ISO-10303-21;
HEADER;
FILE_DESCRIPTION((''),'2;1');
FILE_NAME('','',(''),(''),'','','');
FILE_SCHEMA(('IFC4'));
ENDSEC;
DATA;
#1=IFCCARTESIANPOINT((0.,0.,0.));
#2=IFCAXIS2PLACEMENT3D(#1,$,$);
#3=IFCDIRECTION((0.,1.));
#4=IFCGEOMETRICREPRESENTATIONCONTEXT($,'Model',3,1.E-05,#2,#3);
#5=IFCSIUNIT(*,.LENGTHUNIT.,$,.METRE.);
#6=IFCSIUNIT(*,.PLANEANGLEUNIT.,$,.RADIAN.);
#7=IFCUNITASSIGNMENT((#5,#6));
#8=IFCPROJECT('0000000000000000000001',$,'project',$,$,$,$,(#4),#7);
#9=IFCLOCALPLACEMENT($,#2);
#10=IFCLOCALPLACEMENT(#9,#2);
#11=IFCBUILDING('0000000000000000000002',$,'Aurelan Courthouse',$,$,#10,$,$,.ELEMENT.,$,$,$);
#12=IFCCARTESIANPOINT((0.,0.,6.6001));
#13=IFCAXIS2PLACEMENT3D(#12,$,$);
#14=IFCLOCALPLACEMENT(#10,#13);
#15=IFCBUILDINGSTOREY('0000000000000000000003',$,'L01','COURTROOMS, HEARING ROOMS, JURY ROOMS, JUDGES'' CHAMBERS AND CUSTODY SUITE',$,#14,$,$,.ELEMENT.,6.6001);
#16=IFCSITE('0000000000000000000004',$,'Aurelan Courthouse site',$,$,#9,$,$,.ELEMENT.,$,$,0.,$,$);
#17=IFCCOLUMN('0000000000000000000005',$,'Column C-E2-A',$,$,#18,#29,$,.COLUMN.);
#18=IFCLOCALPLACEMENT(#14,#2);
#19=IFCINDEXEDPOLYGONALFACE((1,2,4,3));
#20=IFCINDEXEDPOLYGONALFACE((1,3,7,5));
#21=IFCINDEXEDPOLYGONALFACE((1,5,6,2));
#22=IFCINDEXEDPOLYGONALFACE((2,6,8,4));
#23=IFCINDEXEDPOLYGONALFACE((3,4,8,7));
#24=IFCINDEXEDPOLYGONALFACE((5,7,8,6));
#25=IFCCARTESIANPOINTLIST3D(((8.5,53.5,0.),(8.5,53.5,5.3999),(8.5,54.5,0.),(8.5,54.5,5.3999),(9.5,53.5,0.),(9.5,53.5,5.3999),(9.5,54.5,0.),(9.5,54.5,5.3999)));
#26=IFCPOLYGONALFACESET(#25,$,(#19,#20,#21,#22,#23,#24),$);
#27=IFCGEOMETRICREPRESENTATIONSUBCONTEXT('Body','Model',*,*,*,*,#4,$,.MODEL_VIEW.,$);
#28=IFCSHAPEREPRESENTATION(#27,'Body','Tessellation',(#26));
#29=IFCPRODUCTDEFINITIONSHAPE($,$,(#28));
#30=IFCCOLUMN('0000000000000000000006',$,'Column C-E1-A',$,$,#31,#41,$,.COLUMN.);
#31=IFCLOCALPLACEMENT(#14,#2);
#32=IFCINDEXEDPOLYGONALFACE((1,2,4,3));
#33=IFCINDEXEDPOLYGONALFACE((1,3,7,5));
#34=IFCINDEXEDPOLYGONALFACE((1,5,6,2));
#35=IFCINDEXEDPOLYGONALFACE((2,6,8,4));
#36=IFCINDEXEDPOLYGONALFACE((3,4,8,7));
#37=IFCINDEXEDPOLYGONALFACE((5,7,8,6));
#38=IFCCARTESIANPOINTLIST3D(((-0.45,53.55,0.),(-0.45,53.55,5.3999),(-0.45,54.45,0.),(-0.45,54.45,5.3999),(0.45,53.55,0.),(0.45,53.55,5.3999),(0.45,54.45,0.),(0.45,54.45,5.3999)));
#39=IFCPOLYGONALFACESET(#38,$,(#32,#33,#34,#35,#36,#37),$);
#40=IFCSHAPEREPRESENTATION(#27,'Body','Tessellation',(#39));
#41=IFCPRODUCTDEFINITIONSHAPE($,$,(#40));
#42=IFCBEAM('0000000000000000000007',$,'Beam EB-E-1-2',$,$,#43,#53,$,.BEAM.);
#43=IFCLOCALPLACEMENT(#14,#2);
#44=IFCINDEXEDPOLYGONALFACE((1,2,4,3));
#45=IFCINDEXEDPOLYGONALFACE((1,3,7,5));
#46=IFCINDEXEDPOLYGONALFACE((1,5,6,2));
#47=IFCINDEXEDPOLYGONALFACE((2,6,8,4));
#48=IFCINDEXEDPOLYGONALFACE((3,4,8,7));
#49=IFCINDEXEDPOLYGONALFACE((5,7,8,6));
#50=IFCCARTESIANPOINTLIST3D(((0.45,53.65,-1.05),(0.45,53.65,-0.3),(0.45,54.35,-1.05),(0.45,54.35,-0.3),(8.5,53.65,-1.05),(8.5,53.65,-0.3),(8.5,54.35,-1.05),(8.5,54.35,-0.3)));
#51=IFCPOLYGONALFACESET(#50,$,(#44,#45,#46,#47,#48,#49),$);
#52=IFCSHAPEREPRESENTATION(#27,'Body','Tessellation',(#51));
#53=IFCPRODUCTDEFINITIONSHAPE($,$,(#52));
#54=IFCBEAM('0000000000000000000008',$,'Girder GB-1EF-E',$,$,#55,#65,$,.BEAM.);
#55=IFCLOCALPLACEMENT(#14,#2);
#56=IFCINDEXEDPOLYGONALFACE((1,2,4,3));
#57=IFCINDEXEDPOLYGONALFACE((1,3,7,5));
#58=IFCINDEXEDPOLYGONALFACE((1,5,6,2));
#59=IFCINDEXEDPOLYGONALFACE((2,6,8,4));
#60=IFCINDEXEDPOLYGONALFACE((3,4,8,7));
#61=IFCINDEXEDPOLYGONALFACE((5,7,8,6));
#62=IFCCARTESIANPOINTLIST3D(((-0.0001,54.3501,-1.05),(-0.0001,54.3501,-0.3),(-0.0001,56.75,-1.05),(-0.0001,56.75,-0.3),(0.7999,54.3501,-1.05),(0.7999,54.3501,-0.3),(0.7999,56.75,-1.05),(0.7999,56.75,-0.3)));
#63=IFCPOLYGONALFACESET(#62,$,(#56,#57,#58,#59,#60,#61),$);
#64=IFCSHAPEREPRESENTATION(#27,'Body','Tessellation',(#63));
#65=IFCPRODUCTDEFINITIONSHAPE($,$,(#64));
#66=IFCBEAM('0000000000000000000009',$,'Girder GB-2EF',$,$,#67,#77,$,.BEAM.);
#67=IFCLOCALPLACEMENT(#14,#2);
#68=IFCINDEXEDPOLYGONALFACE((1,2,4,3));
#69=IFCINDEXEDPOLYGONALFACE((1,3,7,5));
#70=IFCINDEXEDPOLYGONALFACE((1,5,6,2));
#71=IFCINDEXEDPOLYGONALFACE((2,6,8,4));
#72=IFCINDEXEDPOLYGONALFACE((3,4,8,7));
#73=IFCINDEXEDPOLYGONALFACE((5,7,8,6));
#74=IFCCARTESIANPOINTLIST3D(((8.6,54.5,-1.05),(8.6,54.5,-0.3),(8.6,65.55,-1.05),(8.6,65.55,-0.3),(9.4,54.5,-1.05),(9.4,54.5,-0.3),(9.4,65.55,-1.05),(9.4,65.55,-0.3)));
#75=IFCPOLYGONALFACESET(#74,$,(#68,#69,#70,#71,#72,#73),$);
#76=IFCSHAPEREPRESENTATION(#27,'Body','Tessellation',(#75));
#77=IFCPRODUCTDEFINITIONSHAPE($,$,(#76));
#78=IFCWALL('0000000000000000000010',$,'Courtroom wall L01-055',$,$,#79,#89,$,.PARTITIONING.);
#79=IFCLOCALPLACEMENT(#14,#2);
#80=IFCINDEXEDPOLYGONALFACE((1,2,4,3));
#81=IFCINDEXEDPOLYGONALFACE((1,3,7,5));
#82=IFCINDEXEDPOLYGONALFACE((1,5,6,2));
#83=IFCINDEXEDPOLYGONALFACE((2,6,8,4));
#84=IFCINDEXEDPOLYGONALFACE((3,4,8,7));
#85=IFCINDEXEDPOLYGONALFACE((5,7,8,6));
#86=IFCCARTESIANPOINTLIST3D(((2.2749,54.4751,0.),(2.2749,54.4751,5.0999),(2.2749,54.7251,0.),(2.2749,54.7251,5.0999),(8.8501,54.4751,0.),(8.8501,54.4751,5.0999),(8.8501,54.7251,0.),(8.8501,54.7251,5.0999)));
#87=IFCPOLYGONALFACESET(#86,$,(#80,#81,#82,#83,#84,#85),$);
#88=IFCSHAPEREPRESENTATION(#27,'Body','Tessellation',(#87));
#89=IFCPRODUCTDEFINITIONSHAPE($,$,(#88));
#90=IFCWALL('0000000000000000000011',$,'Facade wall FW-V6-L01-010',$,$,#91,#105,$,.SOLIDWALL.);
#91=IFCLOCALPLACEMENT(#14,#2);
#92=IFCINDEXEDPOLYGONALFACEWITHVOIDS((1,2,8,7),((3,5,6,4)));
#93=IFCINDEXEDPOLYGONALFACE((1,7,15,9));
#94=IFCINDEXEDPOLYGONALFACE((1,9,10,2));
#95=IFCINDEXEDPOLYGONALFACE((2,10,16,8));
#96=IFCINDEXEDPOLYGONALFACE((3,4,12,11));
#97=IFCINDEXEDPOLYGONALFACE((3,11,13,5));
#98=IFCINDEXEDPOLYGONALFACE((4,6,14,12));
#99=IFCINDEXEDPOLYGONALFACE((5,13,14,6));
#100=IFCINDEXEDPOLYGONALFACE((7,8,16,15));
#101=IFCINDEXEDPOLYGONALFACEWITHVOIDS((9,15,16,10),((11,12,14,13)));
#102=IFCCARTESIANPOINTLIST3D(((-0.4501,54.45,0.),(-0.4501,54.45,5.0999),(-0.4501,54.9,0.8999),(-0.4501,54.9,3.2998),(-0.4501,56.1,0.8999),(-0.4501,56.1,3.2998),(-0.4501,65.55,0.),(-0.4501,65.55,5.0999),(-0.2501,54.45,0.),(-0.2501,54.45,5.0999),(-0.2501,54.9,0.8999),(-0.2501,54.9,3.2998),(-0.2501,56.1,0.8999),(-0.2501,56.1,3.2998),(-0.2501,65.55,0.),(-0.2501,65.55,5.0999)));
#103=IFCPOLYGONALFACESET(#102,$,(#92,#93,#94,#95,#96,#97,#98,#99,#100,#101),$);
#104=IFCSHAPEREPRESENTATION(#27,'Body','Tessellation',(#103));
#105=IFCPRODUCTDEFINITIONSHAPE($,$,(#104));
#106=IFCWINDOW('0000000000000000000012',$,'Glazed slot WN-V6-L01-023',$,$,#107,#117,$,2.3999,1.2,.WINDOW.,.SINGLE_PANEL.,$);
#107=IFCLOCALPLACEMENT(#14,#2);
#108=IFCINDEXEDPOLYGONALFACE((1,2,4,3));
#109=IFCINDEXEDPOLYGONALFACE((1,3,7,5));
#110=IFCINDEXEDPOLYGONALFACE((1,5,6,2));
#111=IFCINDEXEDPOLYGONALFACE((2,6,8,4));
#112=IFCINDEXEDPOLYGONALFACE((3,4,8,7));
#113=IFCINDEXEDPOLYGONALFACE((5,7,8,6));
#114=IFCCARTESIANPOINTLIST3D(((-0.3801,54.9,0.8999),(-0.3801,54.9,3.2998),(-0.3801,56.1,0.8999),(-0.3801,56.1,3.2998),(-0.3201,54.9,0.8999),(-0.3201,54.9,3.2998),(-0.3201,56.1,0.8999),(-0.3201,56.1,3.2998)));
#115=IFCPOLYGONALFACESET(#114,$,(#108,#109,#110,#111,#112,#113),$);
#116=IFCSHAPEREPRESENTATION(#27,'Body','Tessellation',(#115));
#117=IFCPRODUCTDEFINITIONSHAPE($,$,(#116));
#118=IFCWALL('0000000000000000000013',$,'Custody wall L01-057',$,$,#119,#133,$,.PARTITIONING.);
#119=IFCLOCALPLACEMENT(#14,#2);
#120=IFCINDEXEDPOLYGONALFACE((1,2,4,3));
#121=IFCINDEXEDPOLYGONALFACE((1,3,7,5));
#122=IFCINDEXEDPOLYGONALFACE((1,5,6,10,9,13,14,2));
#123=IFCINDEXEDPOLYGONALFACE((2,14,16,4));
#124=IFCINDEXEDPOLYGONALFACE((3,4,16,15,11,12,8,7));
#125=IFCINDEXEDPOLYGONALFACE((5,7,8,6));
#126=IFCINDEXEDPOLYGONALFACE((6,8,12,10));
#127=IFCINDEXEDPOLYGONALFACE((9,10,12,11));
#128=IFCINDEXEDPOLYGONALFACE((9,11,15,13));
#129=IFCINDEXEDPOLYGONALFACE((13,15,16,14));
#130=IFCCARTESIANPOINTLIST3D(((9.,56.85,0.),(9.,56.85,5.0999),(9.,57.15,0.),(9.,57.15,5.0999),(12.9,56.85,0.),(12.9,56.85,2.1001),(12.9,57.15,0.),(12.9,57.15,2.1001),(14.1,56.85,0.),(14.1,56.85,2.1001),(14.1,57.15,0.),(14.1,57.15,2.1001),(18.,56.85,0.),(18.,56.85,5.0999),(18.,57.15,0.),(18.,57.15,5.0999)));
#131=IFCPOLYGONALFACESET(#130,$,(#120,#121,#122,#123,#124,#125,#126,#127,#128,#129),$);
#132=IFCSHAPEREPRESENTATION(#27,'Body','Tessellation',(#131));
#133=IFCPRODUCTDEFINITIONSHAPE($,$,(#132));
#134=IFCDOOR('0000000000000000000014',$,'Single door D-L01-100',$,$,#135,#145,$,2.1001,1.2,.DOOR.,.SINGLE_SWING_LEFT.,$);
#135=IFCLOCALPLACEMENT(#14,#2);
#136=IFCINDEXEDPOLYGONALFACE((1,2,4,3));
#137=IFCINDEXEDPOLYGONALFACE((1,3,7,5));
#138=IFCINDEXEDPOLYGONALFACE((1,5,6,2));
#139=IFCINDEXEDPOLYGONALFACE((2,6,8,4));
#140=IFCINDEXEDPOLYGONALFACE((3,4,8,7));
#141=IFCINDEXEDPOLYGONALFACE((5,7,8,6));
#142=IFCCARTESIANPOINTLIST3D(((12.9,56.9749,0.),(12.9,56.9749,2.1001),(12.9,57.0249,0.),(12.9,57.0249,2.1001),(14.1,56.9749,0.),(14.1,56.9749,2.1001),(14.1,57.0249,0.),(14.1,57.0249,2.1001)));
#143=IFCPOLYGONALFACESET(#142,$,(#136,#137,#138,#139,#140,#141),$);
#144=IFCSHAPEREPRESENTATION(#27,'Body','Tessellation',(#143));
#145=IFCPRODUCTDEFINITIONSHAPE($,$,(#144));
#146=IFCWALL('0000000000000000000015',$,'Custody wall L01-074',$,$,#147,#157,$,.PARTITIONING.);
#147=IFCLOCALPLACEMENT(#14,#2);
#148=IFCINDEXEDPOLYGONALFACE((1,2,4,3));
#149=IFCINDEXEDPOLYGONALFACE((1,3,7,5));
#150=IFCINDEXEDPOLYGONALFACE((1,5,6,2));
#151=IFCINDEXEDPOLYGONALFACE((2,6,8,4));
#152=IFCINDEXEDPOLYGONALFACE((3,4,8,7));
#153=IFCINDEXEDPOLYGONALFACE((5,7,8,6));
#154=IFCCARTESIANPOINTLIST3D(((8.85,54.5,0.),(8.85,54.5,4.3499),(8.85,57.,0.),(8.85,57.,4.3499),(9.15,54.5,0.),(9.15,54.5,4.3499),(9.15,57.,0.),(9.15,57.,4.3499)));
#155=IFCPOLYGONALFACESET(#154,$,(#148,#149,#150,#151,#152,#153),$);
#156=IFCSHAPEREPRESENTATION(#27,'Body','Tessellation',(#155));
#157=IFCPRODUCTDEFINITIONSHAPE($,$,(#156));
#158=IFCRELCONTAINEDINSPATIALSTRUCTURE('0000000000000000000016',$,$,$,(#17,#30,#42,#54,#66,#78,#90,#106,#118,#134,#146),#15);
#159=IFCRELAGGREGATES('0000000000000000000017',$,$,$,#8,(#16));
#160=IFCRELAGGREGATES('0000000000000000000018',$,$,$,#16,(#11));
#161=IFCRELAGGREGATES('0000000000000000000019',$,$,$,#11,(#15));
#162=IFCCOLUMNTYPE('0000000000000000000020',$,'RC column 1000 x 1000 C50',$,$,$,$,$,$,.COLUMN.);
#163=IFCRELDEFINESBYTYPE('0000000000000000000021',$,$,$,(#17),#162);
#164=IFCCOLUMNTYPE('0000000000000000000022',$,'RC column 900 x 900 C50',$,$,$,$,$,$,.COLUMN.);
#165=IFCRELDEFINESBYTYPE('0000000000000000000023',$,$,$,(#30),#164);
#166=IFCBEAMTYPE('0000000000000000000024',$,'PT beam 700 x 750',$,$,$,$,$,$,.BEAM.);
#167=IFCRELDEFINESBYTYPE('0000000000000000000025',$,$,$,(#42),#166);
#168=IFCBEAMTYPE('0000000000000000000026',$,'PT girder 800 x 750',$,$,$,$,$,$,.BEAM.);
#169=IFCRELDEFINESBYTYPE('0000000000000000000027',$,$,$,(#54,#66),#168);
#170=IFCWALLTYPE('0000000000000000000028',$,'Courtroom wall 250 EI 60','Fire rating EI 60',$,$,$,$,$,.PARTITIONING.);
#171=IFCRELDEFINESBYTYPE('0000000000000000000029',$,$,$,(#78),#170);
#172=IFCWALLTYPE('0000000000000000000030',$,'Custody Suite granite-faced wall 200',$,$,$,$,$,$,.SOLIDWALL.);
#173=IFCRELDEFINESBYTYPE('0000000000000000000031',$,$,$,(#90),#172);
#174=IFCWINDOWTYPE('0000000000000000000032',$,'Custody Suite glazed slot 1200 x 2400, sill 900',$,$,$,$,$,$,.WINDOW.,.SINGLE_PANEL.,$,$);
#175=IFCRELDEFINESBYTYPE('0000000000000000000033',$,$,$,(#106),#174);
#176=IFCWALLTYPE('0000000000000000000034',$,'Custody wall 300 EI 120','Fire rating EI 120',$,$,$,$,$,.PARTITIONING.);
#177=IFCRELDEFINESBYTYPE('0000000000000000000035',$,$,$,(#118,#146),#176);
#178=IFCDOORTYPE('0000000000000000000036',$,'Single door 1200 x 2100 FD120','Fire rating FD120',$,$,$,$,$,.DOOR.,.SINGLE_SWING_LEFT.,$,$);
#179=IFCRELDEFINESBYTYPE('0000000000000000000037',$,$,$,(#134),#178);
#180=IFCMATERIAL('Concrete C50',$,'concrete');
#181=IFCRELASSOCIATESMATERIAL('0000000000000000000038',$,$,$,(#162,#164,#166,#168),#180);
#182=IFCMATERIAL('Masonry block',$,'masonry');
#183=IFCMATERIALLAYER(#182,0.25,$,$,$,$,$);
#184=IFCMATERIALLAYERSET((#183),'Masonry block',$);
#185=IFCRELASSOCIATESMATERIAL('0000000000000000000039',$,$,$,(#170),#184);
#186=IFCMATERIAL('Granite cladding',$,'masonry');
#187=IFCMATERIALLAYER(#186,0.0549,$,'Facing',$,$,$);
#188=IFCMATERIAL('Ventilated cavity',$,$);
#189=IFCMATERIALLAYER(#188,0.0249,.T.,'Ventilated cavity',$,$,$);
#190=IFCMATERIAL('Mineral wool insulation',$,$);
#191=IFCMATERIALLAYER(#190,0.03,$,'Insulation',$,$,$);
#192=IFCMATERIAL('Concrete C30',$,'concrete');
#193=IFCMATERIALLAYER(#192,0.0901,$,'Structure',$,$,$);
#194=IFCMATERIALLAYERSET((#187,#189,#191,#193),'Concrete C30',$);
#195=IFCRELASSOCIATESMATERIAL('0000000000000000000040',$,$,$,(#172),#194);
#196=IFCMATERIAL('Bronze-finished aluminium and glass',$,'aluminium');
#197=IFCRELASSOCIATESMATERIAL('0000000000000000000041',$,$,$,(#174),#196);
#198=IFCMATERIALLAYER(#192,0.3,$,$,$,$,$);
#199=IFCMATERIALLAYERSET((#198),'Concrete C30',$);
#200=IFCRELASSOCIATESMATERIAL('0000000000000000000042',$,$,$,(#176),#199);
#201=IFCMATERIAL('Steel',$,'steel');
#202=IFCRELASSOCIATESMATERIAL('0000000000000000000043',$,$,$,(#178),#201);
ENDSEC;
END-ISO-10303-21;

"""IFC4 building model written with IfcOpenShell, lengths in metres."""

from ifc_helpers import new_model, si_unit, direction, frame, frame_2d, origin, origin_2d, place, context, subcontext, project, spatial, rectangle, extrude, material, layer, layer_set, material_profile, profile_set, type_object, element, fill, save


model = new_model("IFC4")

# Units and contexts
model_context = context("Model", 3, precision=1e-05, world=origin(), true_north=direction((0.0, 1.0)))
body_context = subcontext(model_context, "Body", "Model", "MODEL_VIEW")
ifc_project = project(units=[si_unit("LENGTHUNIT", "METRE"), si_unit("PLANEANGLEUNIT", "RADIAN")], contexts=[model_context])

# Site, building, storey
site_placement = place(None, origin())
site = spatial("IfcSite", under=ifc_project, at=site_placement, Name="Aurelan Courthouse site", CompositionType="ELEMENT", RefElevation=0.0)
building_placement = place(site_placement, origin())
building = spatial("IfcBuilding", under=site, at=building_placement, Name="Aurelan Courthouse", CompositionType="ELEMENT")
storey_placement = place(building_placement, frame((0.0, 0.0, 6.6001)))
storey = spatial("IfcBuildingStorey", under=building, at=storey_placement, Name="L01", Description="COURTROOMS, HEARING ROOMS, JURY ROOMS, JUDGES' CHAMBERS AND CUSTODY SUITE", CompositionType="ELEMENT", Elevation=6.6001)

# Columns
ifc_material_1 = material(Name="Concrete C50", Category="concrete")
ifc_material_profile_1 = material_profile(ifc_material_1, rectangle(XDim=1.0, YDim=1.0, at=origin_2d()), Name="RC 1000 x 1000")
ifc_profile_set_1 = profile_set([ifc_material_profile_1], Name="Concrete C50")
column_type_1 = type_object("IfcColumnType", Name="RC column 1000 x 1000 C50", PredefinedType="COLUMN", material=ifc_profile_set_1)
column_1_placement = place(storey_placement, frame((9.0, 54.0, 0.0), z_axis=(0.0, 0.0, 1.0), x_axis=(1.0, 0.0, 0.0)))
element("IfcColumn", 1, at=column_1_placement, inside=storey, type_object=column_type_1, Name="Column C-E2-A", PredefinedType="COLUMN", context=body_context, shape_type="SweptSolid", body=[
    extrude(rectangle(XDim=1.0, YDim=1.0, at=origin_2d()), origin(), (0.0, 0.0, 1.0), 5.3999),
])
ifc_material_profile_2 = material_profile(ifc_material_1, rectangle(XDim=0.8999, YDim=0.8999, at=origin_2d()), Name="RC 900 x 900")
ifc_profile_set_2 = profile_set([ifc_material_profile_2], Name="Concrete C50")
column_type_2 = type_object("IfcColumnType", Name="RC column 900 x 900 C50", PredefinedType="COLUMN", material=ifc_profile_set_2)
column_2_placement = place(storey_placement, frame((0.0, 54.0, 0.0), z_axis=(0.0, 0.0, 1.0), x_axis=(1.0, 0.0, 0.0)))
element("IfcColumn", 2, at=column_2_placement, inside=storey, type_object=column_type_2, Name="Column C-E1-A", PredefinedType="COLUMN", context=body_context, shape_type="SweptSolid", body=[
    extrude(rectangle(XDim=0.8999, YDim=0.8999, at=origin_2d()), origin(), (0.0, 0.0, 1.0), 5.3999),
])

# Beams
ifc_material_profile_3 = material_profile(ifc_material_1, rectangle(XDim=0.7, YDim=0.75, at=origin_2d()), Name="RC 700 x 750")
ifc_profile_set_3 = profile_set([ifc_material_profile_3], Name="Concrete C50")
beam_type_1 = type_object("IfcBeamType", Name="PT beam 700 x 750", PredefinedType="BEAM", material=ifc_profile_set_3)
beam_1_placement = place(storey_placement, frame((0.45, 54.0, -0.675), z_axis=(1.0, 0.0, 0.0), x_axis=(0.0, 1.0, 0.0)))
element("IfcBeam", 3, at=beam_1_placement, inside=storey, type_object=beam_type_1, Name="Beam EB-E-1-2", PredefinedType="BEAM", context=body_context, shape_type="SweptSolid", body=[
    extrude(rectangle(XDim=0.7, YDim=0.75, at=origin_2d()), origin(), (0.0, 0.0, 1.0), 8.05),
])
ifc_material_profile_4 = material_profile(ifc_material_1, rectangle(XDim=0.8, YDim=0.75, at=origin_2d()), Name="RC 800 x 750")
ifc_profile_set_4 = profile_set([ifc_material_profile_4], Name="Concrete C50")
beam_type_2 = type_object("IfcBeamType", Name="PT girder 800 x 750", PredefinedType="BEAM", material=ifc_profile_set_4)
beam_2_placement = place(storey_placement, frame((0.3999, 54.3501, -0.675), z_axis=(0.0, 1.0, 0.0), x_axis=(-1.0, 0.0, 0.0)))
element("IfcBeam", 4, at=beam_2_placement, inside=storey, type_object=beam_type_2, Name="Girder GB-1EF-E", PredefinedType="BEAM", context=body_context, shape_type="SweptSolid", body=[
    extrude(rectangle(XDim=0.8, YDim=0.75, at=origin_2d()), origin(), (0.0, 0.0, 1.0), 2.3999),
])
beam_3_placement = place(storey_placement, frame((9.0, 54.5, -0.675), z_axis=(0.0, 1.0, 0.0), x_axis=(-1.0, 0.0, 0.0)))
element("IfcBeam", 5, at=beam_3_placement, inside=storey, type_object=beam_type_2, Name="Girder GB-2EF", PredefinedType="BEAM", context=body_context, shape_type="SweptSolid", body=[
    extrude(rectangle(XDim=0.8, YDim=0.75, at=origin_2d()), origin(), (0.0, 0.0, 1.0), 11.05),
])

# Wall
ifc_material_2 = material(Name="Masonry block", Category="masonry")
ifc_layer_1 = layer(ifc_material_2, 0.25)
ifc_layer_set_1 = layer_set([ifc_layer_1], Name="Masonry block")
wall_type_1 = type_object("IfcWallType", Name="Courtroom wall 250 EI 60", Description="Fire rating EI 60", PredefinedType="PARTITIONING", material=ifc_layer_set_1)
wall_1_placement = place(storey_placement, frame((2.2749, 54.6001, 0.0), z_axis=(0.0, 0.0, 1.0), x_axis=(1.0, 0.0, 0.0)))
element("IfcWall", 6, at=wall_1_placement, inside=storey, type_object=wall_type_1, Name="Courtroom wall L01-055", PredefinedType="PARTITIONING", context=body_context, shape_type="SweptSolid", body=[
    extrude(rectangle(XDim=6.5752, YDim=0.25, at=frame_2d((3.2876, 0.0))), origin(), (0.0, 0.0, 1.0), 5.0999),
])

# Wall, opening, window
ifc_material_3 = material(Name="Granite cladding", Category="masonry")
ifc_layer_2 = layer(ifc_material_3, 0.0549, Name="Facing")
ifc_material_4 = material(Name="Ventilated cavity")
ifc_layer_3 = layer(ifc_material_4, 0.0249, ventilated=True, Name="Ventilated cavity")
ifc_material_5 = material(Name="Mineral wool insulation")
ifc_layer_4 = layer(ifc_material_5, 0.03, Name="Insulation")
ifc_material_6 = material(Name="Concrete C30", Category="concrete")
ifc_layer_5 = layer(ifc_material_6, 0.0901, Name="Structure")
ifc_layer_set_2 = layer_set([ifc_layer_2, ifc_layer_3, ifc_layer_4, ifc_layer_5], Name="Concrete C30")
wall_type_2 = type_object("IfcWallType", Name="Custody Suite granite-faced wall 200", PredefinedType="SOLIDWALL", material=ifc_layer_set_2)
wall_2_placement = place(storey_placement, frame((-0.3501, 54.45, 0.0), z_axis=(0.0, 0.0, 1.0), x_axis=(0.0, 1.0, 0.0)))
wall_2 = element("IfcWall", 7, at=wall_2_placement, inside=storey, type_object=wall_type_2, Name="Facade wall FW-V6-L01-010", PredefinedType="SOLIDWALL", context=body_context, shape_type="SweptSolid", body=[
    extrude(rectangle(XDim=11.1001, YDim=0.2, at=frame_2d((5.55, 0.0))), origin(), (0.0, 0.0, 1.0), 5.0999),
])
opening_1_placement = place(wall_2_placement, frame((0.45, 0.0, 0.8999)))
opening_1 = element("IfcOpeningElement", 8, at=opening_1_placement, cuts=wall_2, PredefinedType="OPENING", context=body_context, shape_type="SweptSolid", body=[
    extrude(rectangle(XDim=1.2, YDim=2.3999, at=frame_2d((0.6001, 1.2))), frame((0.0, 0.1099, 0.0), z_axis=(0.0, -1.0, 0.0), x_axis=(1.0, 0.0, 0.0)), (0.0, 0.0, 1.0), 0.22),
])
ifc_material_7 = material(Name="Bronze-finished aluminium and glass", Category="aluminium")
window_type = type_object("IfcWindowType", Name="Custody Suite glazed slot 1200 x 2400, sill 900", PartitioningType="SINGLE_PANEL", PredefinedType="WINDOW", material=ifc_material_7)
window_placement = place(opening_1_placement, origin())
window = element("IfcWindow", 9, at=window_placement, inside=storey, type_object=window_type, Name="Glazed slot WN-V6-L01-023", OverallHeight=2.3999, OverallWidth=1.2, PartitioningType="SINGLE_PANEL", PredefinedType="WINDOW", context=body_context, shape_type="SweptSolid", body=[
    extrude(rectangle(XDim=1.2, YDim=2.3999, at=frame_2d((0.6001, 1.2))), frame((0.0, 0.03, 0.0), z_axis=(0.0, -1.0, 0.0), x_axis=(1.0, 0.0, 0.0)), (0.0, 0.0, 1.0), 0.0601),
])
fill(opening_1, window)

# Wall, opening, door
ifc_layer_6 = layer(ifc_material_6, 0.3)
ifc_layer_set_3 = layer_set([ifc_layer_6], Name="Concrete C30")
wall_type_3 = type_object("IfcWallType", Name="Custody wall 300 EI 120", Description="Fire rating EI 120", PredefinedType="PARTITIONING", material=ifc_layer_set_3)
wall_3_placement = place(storey_placement, frame((9.0, 57.0, 0.0), z_axis=(0.0, 0.0, 1.0), x_axis=(1.0, 0.0, 0.0)))
wall_3 = element("IfcWall", 10, at=wall_3_placement, inside=storey, type_object=wall_type_3, Name="Custody wall L01-057", PredefinedType="PARTITIONING", context=body_context, shape_type="SweptSolid", body=[
    extrude(rectangle(XDim=9.0, YDim=0.3, at=frame_2d((4.5, 0.0))), origin(), (0.0, 0.0, 1.0), 5.0999),
])
opening_2_placement = place(wall_3_placement, frame((3.8999, 0.0, 0.0)))
opening_2 = element("IfcOpeningElement", 11, at=opening_2_placement, cuts=wall_3, PredefinedType="OPENING", context=body_context, shape_type="SweptSolid", body=[
    extrude(rectangle(XDim=1.2, YDim=2.1001, at=frame_2d((0.6001, 1.05))), frame((0.0, 0.1599, 0.0), z_axis=(0.0, -1.0, 0.0), x_axis=(1.0, 0.0, 0.0)), (0.0, 0.0, 1.0), 0.3201),
])
ifc_material_8 = material(Name="Steel", Category="steel")
door_type_1 = type_object("IfcDoorType", Name="Single door 1200 x 2100 FD120", Description="Fire rating FD120", OperationType="SINGLE_SWING_LEFT", PredefinedType="DOOR", material=ifc_material_8)
door_1_placement = place(opening_2_placement, origin())
door_1 = element("IfcDoor", 12, at=door_1_placement, inside=storey, type_object=door_type_1, Name="Single door D-L01-100", OperationType="SINGLE_SWING_LEFT", OverallHeight=2.1001, OverallWidth=1.2, PredefinedType="DOOR", context=body_context, shape_type="SweptSolid", body=[
    extrude(rectangle(XDim=1.2, YDim=2.1001, at=frame_2d((0.6001, 1.05))), frame((0.0, 0.0249, 0.0), z_axis=(0.0, -1.0, 0.0), x_axis=(1.0, 0.0, 0.0)), (0.0, 0.0, 1.0), 0.05),
])
fill(opening_2, door_1)

# Wall
wall_4_placement = place(storey_placement, frame((9.0, 54.5, 0.0), z_axis=(0.0, 0.0, 1.0), x_axis=(0.0, 1.0, 0.0)))
element("IfcWall", 13, at=wall_4_placement, inside=storey, type_object=wall_type_3, Name="Custody wall L01-074", PredefinedType="PARTITIONING", context=body_context, shape_type="SweptSolid", body=[
    extrude(rectangle(XDim=2.5, YDim=0.3, at=frame_2d((1.25, 0.0))), origin(), (0.0, 0.0, 1.0), 4.3499),
])

save(model, "model.ifc")
